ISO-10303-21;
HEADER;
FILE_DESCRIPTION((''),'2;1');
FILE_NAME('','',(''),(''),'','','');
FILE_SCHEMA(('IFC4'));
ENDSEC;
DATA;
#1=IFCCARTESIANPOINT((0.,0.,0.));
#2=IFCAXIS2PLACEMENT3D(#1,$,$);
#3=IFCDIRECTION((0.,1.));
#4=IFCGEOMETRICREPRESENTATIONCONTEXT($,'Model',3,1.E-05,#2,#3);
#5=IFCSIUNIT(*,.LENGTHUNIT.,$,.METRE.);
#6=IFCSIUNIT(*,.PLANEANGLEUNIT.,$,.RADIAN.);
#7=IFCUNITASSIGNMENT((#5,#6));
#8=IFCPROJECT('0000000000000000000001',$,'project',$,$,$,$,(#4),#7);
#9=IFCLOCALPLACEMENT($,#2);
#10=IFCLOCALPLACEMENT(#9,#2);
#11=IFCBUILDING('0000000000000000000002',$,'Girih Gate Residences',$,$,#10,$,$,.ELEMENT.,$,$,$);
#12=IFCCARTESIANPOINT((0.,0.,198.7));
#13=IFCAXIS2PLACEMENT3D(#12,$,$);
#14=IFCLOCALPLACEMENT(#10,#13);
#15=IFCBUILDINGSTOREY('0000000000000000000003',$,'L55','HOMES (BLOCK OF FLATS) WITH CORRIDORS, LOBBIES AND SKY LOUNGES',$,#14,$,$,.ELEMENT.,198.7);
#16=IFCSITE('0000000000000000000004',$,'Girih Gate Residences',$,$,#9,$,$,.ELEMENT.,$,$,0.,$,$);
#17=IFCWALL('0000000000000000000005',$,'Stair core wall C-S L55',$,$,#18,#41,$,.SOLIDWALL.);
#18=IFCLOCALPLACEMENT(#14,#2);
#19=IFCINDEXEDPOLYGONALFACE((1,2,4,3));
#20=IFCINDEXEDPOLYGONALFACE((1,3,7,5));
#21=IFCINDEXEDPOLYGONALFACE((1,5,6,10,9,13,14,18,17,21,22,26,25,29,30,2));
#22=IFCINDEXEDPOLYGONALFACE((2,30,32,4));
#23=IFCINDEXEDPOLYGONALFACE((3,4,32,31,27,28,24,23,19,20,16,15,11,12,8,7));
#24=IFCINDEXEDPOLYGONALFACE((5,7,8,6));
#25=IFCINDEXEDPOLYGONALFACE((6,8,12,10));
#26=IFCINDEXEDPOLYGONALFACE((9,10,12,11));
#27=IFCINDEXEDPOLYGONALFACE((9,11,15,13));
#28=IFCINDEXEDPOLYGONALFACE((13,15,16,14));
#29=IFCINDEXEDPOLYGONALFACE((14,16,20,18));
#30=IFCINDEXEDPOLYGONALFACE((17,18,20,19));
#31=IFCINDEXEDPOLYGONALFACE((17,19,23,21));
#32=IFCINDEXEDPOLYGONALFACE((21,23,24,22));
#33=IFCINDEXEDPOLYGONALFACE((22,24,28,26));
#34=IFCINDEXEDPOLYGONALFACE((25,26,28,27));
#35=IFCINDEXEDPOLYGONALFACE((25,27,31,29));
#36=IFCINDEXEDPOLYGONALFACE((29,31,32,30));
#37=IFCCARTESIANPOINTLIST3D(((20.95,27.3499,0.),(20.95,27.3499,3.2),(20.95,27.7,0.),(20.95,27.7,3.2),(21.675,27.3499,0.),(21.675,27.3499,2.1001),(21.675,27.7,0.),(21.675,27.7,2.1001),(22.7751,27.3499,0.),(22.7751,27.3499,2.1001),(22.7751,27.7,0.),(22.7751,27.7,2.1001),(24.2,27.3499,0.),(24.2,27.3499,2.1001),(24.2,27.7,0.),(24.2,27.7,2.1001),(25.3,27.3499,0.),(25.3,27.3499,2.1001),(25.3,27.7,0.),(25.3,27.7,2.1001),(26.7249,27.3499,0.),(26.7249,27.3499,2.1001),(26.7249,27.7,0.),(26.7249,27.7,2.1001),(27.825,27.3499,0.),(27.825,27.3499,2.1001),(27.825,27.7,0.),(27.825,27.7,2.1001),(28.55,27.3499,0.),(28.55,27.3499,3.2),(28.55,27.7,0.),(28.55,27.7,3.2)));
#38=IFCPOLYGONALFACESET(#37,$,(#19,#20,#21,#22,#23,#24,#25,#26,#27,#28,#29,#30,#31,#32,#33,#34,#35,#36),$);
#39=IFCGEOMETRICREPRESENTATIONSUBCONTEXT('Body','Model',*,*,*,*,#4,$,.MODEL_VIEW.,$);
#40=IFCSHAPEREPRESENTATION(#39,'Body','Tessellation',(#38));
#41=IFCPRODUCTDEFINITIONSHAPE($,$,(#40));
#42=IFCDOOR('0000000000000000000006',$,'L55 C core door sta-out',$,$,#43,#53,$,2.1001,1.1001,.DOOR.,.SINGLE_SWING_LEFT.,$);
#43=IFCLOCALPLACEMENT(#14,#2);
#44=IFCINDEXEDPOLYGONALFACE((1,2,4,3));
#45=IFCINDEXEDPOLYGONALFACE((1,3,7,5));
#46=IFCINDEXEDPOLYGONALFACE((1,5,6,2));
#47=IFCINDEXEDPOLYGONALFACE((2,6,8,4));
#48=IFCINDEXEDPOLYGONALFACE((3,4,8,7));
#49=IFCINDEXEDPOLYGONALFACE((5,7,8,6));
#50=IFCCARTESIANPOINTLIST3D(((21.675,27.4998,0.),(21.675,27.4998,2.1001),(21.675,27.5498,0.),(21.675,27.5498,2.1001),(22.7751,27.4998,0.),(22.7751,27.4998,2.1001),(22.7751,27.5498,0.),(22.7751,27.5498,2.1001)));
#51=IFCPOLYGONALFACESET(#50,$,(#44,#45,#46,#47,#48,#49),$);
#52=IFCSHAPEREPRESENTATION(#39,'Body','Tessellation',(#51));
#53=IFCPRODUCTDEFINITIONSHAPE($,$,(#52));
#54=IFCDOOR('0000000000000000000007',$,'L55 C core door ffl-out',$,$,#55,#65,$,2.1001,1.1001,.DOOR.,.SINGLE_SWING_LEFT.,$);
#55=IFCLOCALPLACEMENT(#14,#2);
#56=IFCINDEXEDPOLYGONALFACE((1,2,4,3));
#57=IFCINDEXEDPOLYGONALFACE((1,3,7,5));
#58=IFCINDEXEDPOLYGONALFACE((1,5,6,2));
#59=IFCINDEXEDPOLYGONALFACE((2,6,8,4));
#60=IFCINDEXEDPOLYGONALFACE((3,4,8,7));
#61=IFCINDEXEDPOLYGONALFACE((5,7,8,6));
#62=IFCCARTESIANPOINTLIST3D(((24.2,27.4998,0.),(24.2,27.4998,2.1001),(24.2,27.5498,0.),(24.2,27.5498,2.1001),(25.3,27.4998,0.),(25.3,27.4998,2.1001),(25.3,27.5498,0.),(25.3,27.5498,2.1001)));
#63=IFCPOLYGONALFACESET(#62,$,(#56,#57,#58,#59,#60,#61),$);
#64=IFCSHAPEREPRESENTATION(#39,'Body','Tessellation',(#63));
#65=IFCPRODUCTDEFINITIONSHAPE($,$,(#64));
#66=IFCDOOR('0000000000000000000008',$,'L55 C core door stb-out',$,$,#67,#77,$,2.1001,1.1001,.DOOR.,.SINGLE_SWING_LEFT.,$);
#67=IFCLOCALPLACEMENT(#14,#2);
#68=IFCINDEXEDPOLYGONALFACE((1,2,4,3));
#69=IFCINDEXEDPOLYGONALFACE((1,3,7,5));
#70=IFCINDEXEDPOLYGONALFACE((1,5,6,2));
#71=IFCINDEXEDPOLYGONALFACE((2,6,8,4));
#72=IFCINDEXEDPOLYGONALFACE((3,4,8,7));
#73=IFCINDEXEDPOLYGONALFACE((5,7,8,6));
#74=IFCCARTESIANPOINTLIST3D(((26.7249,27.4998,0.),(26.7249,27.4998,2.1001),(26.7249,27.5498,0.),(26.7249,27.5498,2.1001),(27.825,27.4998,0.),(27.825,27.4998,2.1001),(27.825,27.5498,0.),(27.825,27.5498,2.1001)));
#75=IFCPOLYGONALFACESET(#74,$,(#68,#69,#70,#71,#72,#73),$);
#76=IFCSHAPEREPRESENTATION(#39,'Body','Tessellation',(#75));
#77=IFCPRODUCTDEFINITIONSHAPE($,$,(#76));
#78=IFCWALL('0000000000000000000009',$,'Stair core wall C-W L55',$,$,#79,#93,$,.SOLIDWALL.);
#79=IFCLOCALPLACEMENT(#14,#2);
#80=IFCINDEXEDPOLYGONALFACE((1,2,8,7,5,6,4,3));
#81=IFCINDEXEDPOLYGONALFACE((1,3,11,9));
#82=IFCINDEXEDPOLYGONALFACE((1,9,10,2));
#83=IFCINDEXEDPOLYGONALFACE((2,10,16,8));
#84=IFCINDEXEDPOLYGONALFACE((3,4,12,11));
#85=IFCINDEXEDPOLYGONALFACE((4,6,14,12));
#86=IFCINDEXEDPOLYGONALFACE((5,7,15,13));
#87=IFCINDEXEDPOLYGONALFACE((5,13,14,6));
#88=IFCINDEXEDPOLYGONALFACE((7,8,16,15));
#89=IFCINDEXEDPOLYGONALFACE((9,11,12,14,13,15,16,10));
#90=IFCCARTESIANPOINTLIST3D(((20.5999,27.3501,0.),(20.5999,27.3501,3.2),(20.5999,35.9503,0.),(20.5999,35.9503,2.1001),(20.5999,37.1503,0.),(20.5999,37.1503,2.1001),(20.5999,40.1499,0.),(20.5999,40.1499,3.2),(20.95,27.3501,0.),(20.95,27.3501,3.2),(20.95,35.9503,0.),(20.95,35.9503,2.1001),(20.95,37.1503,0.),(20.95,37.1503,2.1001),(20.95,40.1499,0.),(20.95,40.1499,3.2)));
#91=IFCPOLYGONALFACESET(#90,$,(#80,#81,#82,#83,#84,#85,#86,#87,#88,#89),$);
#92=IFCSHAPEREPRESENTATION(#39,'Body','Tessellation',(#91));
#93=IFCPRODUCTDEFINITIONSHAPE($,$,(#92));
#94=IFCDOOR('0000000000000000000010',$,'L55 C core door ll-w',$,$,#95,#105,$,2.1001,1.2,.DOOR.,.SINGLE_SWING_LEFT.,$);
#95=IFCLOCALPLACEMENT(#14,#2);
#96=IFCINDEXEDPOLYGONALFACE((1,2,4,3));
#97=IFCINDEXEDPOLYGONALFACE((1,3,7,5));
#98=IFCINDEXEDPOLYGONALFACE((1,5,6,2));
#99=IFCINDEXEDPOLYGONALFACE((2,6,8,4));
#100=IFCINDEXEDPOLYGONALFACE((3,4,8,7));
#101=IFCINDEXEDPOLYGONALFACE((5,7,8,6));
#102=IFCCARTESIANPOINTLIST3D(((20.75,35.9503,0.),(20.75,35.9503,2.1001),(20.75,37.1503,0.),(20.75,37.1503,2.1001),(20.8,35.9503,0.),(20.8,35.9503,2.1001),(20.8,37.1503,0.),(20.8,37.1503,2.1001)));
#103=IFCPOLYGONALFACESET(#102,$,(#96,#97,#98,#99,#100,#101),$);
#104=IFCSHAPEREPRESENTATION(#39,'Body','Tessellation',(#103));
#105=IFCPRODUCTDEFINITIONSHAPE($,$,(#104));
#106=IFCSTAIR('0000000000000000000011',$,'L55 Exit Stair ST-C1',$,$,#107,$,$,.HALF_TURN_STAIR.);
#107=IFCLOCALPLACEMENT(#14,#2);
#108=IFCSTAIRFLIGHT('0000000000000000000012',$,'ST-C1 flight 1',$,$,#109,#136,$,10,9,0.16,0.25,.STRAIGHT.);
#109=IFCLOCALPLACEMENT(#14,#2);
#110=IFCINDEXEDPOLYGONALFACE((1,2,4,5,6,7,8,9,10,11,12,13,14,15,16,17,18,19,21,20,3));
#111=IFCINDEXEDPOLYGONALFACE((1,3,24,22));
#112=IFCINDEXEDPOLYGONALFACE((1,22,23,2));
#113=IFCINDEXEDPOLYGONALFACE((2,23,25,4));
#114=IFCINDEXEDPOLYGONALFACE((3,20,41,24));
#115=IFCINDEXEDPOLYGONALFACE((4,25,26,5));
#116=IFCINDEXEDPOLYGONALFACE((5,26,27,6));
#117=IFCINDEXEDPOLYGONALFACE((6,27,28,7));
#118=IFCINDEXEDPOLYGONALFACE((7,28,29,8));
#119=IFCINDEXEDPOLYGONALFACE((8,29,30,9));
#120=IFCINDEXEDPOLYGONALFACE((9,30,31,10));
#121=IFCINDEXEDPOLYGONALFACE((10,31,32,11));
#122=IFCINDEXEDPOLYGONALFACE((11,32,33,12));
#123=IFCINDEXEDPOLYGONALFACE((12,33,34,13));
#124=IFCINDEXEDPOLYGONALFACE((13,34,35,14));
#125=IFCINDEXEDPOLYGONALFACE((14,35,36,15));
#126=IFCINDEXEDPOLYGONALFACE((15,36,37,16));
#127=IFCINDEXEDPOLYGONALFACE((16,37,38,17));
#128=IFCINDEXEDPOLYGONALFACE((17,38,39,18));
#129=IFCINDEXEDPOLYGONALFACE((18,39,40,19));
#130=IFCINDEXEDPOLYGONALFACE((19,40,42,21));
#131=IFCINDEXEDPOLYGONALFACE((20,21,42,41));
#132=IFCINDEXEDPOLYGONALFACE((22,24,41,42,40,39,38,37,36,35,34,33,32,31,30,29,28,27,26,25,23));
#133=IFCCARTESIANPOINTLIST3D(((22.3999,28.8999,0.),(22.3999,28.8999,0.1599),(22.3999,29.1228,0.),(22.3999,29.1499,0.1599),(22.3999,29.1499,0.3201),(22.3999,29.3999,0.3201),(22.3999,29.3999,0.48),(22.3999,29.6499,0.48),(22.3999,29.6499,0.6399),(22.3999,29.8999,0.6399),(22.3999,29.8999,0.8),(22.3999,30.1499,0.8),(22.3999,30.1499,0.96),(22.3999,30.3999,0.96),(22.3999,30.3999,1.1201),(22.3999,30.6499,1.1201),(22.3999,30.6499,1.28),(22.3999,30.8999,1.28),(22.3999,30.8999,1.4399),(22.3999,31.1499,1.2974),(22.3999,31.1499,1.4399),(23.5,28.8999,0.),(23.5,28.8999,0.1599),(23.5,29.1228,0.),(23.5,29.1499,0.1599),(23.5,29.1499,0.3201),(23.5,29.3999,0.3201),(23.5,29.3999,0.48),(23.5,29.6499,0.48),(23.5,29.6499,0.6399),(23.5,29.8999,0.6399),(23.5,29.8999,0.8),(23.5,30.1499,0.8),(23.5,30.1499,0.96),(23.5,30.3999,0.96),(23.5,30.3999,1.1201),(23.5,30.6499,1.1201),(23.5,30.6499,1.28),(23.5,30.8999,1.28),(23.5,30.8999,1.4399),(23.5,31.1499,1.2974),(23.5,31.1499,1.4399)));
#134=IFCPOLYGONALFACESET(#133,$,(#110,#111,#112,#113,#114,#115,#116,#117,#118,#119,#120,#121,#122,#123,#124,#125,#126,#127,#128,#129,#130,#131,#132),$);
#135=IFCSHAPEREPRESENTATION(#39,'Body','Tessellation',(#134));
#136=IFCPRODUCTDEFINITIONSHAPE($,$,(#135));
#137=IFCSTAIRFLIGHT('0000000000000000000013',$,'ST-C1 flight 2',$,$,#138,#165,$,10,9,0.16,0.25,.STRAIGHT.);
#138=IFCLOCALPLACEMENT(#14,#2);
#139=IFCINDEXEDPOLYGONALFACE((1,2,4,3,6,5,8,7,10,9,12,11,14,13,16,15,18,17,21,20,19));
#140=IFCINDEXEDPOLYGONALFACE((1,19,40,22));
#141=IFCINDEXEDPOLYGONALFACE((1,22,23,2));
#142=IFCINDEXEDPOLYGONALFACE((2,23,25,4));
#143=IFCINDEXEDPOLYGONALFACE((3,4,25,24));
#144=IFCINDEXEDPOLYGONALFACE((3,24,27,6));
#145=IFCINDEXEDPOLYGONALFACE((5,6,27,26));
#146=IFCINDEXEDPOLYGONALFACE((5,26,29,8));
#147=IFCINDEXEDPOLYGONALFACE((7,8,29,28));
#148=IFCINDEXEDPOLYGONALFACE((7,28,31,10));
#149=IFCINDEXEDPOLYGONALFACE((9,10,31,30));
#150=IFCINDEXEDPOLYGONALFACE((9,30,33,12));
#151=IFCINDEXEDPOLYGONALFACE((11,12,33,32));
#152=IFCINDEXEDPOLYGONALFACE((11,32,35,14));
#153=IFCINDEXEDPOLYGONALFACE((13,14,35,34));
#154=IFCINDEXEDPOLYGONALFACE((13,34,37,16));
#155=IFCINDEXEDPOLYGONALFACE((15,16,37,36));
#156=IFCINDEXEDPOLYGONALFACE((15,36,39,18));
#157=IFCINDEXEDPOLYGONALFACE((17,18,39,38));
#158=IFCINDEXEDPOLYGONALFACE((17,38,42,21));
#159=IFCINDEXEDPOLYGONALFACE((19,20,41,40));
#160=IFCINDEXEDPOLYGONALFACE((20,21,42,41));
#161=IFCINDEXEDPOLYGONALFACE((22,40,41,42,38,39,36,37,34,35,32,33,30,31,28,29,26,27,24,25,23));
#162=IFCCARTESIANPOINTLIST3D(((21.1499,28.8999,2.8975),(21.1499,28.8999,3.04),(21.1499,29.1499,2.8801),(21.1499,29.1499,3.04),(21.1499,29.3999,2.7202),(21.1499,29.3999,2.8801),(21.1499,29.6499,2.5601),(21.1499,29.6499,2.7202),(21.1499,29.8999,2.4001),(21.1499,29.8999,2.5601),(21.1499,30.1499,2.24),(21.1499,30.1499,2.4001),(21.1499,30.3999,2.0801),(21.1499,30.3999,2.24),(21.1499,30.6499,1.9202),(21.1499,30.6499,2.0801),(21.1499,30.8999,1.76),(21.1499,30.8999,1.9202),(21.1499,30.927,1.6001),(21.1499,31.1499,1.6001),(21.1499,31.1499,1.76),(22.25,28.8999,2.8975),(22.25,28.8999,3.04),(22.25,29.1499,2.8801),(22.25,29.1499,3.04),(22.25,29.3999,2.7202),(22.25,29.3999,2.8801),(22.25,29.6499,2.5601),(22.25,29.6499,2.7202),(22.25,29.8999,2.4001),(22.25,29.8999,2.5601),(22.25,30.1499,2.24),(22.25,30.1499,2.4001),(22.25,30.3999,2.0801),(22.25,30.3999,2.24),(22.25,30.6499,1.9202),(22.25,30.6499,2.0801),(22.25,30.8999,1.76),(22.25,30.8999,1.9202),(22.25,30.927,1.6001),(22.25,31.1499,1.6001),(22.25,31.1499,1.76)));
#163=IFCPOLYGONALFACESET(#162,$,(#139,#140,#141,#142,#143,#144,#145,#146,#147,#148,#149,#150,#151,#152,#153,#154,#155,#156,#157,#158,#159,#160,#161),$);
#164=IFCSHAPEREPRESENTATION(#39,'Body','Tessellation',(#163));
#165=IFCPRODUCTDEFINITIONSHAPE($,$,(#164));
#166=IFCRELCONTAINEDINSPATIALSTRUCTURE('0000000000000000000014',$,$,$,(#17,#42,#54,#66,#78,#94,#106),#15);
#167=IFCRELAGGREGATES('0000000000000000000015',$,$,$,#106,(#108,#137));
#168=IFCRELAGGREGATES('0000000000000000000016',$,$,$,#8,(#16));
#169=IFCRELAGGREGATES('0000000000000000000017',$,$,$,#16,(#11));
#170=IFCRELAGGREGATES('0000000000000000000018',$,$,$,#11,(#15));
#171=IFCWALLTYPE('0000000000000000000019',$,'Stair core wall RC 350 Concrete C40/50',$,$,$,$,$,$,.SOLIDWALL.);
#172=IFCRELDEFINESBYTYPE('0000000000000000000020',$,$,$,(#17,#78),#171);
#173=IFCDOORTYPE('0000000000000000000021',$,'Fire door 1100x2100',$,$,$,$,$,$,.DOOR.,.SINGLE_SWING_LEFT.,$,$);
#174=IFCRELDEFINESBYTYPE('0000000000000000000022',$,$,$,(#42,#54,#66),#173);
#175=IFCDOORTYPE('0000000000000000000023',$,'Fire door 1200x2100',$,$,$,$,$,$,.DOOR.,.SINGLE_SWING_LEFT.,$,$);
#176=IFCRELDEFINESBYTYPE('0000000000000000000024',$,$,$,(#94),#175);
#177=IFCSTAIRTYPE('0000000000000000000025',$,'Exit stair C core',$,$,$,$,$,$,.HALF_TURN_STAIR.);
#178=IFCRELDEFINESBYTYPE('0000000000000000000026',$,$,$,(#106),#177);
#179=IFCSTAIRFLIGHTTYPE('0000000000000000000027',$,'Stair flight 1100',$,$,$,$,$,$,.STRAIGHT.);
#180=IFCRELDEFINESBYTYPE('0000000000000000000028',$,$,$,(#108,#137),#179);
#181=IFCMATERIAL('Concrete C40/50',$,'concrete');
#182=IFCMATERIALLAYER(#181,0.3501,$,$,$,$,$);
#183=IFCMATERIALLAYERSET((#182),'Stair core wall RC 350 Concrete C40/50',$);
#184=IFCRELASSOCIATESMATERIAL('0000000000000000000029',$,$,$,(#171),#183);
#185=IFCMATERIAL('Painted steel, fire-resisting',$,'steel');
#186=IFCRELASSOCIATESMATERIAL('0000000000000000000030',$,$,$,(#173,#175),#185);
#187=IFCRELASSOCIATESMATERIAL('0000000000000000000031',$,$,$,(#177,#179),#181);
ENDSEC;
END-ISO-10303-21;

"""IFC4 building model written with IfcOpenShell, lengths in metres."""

from ifc_helpers import new_model, si_unit, direction, frame, frame_2d, origin, place, context, subcontext, project, spatial, polyline, rectangle, outline, extrude, material, layer, layer_set, type_object, element, fill, aggregate, save


model = new_model("IFC4")

# Units and contexts
model_context = context("Model", 3, precision=1e-05, world=origin(), true_north=direction((0.0, 1.0)))
body_context = subcontext(model_context, "Body", "Model", "MODEL_VIEW")
ifc_project = project(units=[si_unit("LENGTHUNIT", "METRE"), si_unit("PLANEANGLEUNIT", "RADIAN")], contexts=[model_context])

# Site, building, storey
site_placement = place(None, origin())
site = spatial("IfcSite", under=ifc_project, at=site_placement, Name="Girih Gate Residences", CompositionType="ELEMENT", RefElevation=0.0)
building_placement = place(site_placement, origin())
building = spatial("IfcBuilding", under=site, at=building_placement, Name="Girih Gate Residences", CompositionType="ELEMENT")
storey_placement = place(building_placement, frame((0.0, 0.0, 198.7)))
storey = spatial("IfcBuildingStorey", under=building, at=storey_placement, Name="L55", Description="HOMES (BLOCK OF FLATS) WITH CORRIDORS, LOBBIES AND SKY LOUNGES", CompositionType="ELEMENT", Elevation=198.7)

# Shared definitions
ifc_material_1 = material(Name="Concrete C40/50", Category="concrete")

# Shared definitions
ifc_material_2 = material(Name="Painted steel, fire-resisting", Category="steel")

# Wall, openings, doors
ifc_layer_1 = layer(ifc_material_1, 0.3501)
ifc_layer_set_1 = layer_set([ifc_layer_1], Name="Stair core wall RC 350 Concrete C40/50")
wall_type_1 = type_object("IfcWallType", Name="Stair core wall RC 350 Concrete C40/50", PredefinedType="SOLIDWALL", material=ifc_layer_set_1)
wall_1_placement = place(storey_placement, frame((20.95, 27.5249, 0.0), z_axis=(0.0, 0.0, 1.0), x_axis=(1.0, 0.0, 0.0)))
wall_1 = element("IfcWall", 1, at=wall_1_placement, inside=storey, type_object=wall_type_1, Name="Stair core wall C-S L55", PredefinedType="SOLIDWALL", context=body_context, shape_type="SweptSolid", body=[
    extrude(rectangle(XDim=7.6001, YDim=0.3501, at=frame_2d((3.8, 0.0))), origin(), (0.0, 0.0, 1.0), 3.2),
])
opening_1_placement = place(wall_1_placement, frame((0.7251, 0.0, 0.0)))
opening_1 = element("IfcOpeningElement", 2, at=opening_1_placement, cuts=wall_1, PredefinedType="OPENING", context=body_context, shape_type="SweptSolid", body=[
    extrude(rectangle(XDim=1.1001, YDim=2.1001, at=frame_2d((0.55, 1.05))), frame((0.0, 0.1851, 0.0), z_axis=(0.0, -1.0, 0.0), x_axis=(1.0, 0.0, 0.0)), (0.0, 0.0, 1.0), 0.3701),
])
opening_2_placement = place(wall_1_placement, frame((3.25, 0.0, 0.0)))
opening_2 = element("IfcOpeningElement", 3, at=opening_2_placement, cuts=wall_1, PredefinedType="OPENING", context=body_context, shape_type="SweptSolid", body=[
    extrude(rectangle(XDim=1.1001, YDim=2.1001, at=frame_2d((0.55, 1.05))), frame((0.0, 0.1851, 0.0), z_axis=(0.0, -1.0, 0.0), x_axis=(1.0, 0.0, 0.0)), (0.0, 0.0, 1.0), 0.3701),
])
opening_3_placement = place(wall_1_placement, frame((5.7749, 0.0, 0.0)))
opening_3 = element("IfcOpeningElement", 4, at=opening_3_placement, cuts=wall_1, PredefinedType="OPENING", context=body_context, shape_type="SweptSolid", body=[
    extrude(rectangle(XDim=1.1001, YDim=2.1001, at=frame_2d((0.55, 1.05))), frame((0.0, 0.1851, 0.0), z_axis=(0.0, -1.0, 0.0), x_axis=(1.0, 0.0, 0.0)), (0.0, 0.0, 1.0), 0.3701),
])
door_type_1 = type_object("IfcDoorType", Name="Fire door 1100x2100", OperationType="SINGLE_SWING_LEFT", PredefinedType="DOOR", material=ifc_material_2)
door_1_placement = place(opening_1_placement, origin())
door_1 = element("IfcDoor", 5, at=door_1_placement, inside=storey, type_object=door_type_1, Name="L55 C core door sta-out", OperationType="SINGLE_SWING_LEFT", OverallHeight=2.1001, OverallWidth=1.1001, PredefinedType="DOOR", context=body_context, shape_type="SweptSolid", body=[
    extrude(rectangle(XDim=1.1001, YDim=2.1001, at=frame_2d((0.55, 1.05))), frame((0.0, 0.0249, 0.0), z_axis=(0.0, -1.0, 0.0), x_axis=(1.0, 0.0, 0.0)), (0.0, 0.0, 1.0), 0.05),
])
fill(opening_1, door_1)
door_2_placement = place(opening_2_placement, origin())
door_2 = element("IfcDoor", 6, at=door_2_placement, inside=storey, type_object=door_type_1, Name="L55 C core door ffl-out", OperationType="SINGLE_SWING_LEFT", OverallHeight=2.1001, OverallWidth=1.1001, PredefinedType="DOOR", context=body_context, shape_type="SweptSolid", body=[
    extrude(rectangle(XDim=1.1001, YDim=2.1001, at=frame_2d((0.55, 1.05))), frame((0.0, 0.0249, 0.0), z_axis=(0.0, -1.0, 0.0), x_axis=(1.0, 0.0, 0.0)), (0.0, 0.0, 1.0), 0.05),
])
fill(opening_2, door_2)
door_3_placement = place(opening_3_placement, origin())
door_3 = element("IfcDoor", 7, at=door_3_placement, inside=storey, type_object=door_type_1, Name="L55 C core door stb-out", OperationType="SINGLE_SWING_LEFT", OverallHeight=2.1001, OverallWidth=1.1001, PredefinedType="DOOR", context=body_context, shape_type="SweptSolid", body=[
    extrude(rectangle(XDim=1.1001, YDim=2.1001, at=frame_2d((0.55, 1.05))), frame((0.0, 0.0249, 0.0), z_axis=(0.0, -1.0, 0.0), x_axis=(1.0, 0.0, 0.0)), (0.0, 0.0, 1.0), 0.05),
])
fill(opening_3, door_3)

# Wall, opening, door
wall_2_placement = place(storey_placement, frame((20.7749, 27.3501, 0.0), z_axis=(0.0, 0.0, 1.0), x_axis=(0.0, 1.0, 0.0)))
wall_2 = element("IfcWall", 8, at=wall_2_placement, inside=storey, type_object=wall_type_1, Name="Stair core wall C-W L55", PredefinedType="SOLIDWALL", context=body_context, shape_type="SweptSolid", body=[
    extrude(rectangle(XDim=12.7998, YDim=0.3501, at=frame_2d((6.3999, 0.0))), origin(), (0.0, 0.0, 1.0), 3.2),
])
opening_4_placement = place(wall_2_placement, frame((8.6001, 0.0, 0.0)))
opening_4 = element("IfcOpeningElement", 9, at=opening_4_placement, cuts=wall_2, PredefinedType="OPENING", context=body_context, shape_type="SweptSolid", body=[
    extrude(rectangle(XDim=1.2, YDim=2.1001, at=frame_2d((0.6001, 1.05))), frame((0.0, 0.1851, 0.0), z_axis=(0.0, -1.0, 0.0), x_axis=(1.0, 0.0, 0.0)), (0.0, 0.0, 1.0), 0.3701),
])
door_type_2 = type_object("IfcDoorType", Name="Fire door 1200x2100", OperationType="SINGLE_SWING_LEFT", PredefinedType="DOOR", material=ifc_material_2)
door_4_placement = place(opening_4_placement, origin())
door_4 = element("IfcDoor", 10, at=door_4_placement, inside=storey, type_object=door_type_2, Name="L55 C core door ll-w", OperationType="SINGLE_SWING_LEFT", OverallHeight=2.1001, OverallWidth=1.2, PredefinedType="DOOR", context=body_context, shape_type="SweptSolid", body=[
    extrude(rectangle(XDim=1.2, YDim=2.1001, at=frame_2d((0.6001, 1.05))), frame((0.0, 0.0249, 0.0), z_axis=(0.0, -1.0, 0.0), x_axis=(1.0, 0.0, 0.0)), (0.0, 0.0, 1.0), 0.05),
])
fill(opening_4, door_4)

# Stair, stair flights
stair_type = type_object("IfcStairType", Name="Exit stair C core", PredefinedType="HALF_TURN_STAIR", material=ifc_material_1)
stair_placement = place(storey_placement, origin())
stair = element("IfcStair", 11, at=stair_placement, inside=storey, type_object=stair_type, Name="L55 Exit Stair ST-C1", PredefinedType="HALF_TURN_STAIR")
stair_flight_type = type_object("IfcStairFlightType", Name="Stair flight 1100", PredefinedType="STRAIGHT", material=ifc_material_1)
stair_flight_1_placement = place(storey_placement, frame((22.95, 28.8999, 0.0), z_axis=(0.0, 0.0, 1.0), x_axis=(0.0, 1.0, 0.0)))
stair_flight_1 = element("IfcStairFlight", 12, at=stair_flight_1_placement, type_object=stair_flight_type, Name="ST-C1 flight 1", NumberOfRisers=10, NumberOfTreads=9, PredefinedType="STRAIGHT", RiserHeight=0.16, TreadLength=0.25, context=body_context, shape_type="SweptSolid", body=[
    extrude(outline(polyline([(0.0, 0.0), (0.0, 0.1599), (0.25, 0.1599), (0.25, 0.3201), (0.5, 0.3201), (0.5, 0.48), (0.75, 0.48), (0.75, 0.6399), (1.0, 0.6399), (1.0, 0.8), (1.25, 0.8), (1.25, 0.96), (1.5, 0.96), (1.5, 1.1201), (1.75, 1.1201), (1.75, 1.28), (2.0, 1.28), (2.0, 1.4399), (2.25, 1.4399), (2.25, 1.6001), (2.25, 1.2974), (0.2229, 0.0), (0.0, 0.0)])), frame((0.0, 0.55, 0.0), z_axis=(0.0, -1.0, 0.0), x_axis=(1.0, 0.0, 0.0)), (0.0, 0.0, 1.0), 1.1001),
])
stair_flight_2_placement = place(storey_placement, frame((21.7, 31.1499, 1.6001), z_axis=(0.0, 0.0, 1.0), x_axis=(0.0, -1.0, 0.0)))
stair_flight_2 = element("IfcStairFlight", 13, at=stair_flight_2_placement, type_object=stair_flight_type, Name="ST-C1 flight 2", NumberOfRisers=10, NumberOfTreads=9, PredefinedType="STRAIGHT", RiserHeight=0.16, TreadLength=0.25, context=body_context, shape_type="SweptSolid", body=[
    extrude(outline(polyline([(0.0, 0.0), (0.0, 0.1599), (0.25, 0.1599), (0.25, 0.3201), (0.5, 0.3201), (0.5, 0.48), (0.75, 0.48), (0.75, 0.6399), (1.0, 0.6399), (1.0, 0.8), (1.25, 0.8), (1.25, 0.96), (1.5, 0.96), (1.5, 1.1201), (1.75, 1.1201), (1.75, 1.28), (2.0, 1.28), (2.0, 1.4399), (2.25, 1.4399), (2.25, 1.6001), (2.25, 1.2974), (0.2229, 0.0), (0.0, 0.0)])), frame((0.0, 0.55, 0.0), z_axis=(0.0, -1.0, 0.0), x_axis=(1.0, 0.0, 0.0)), (0.0, 0.0, 1.0), 1.1001),
])
aggregate(stair, [stair_flight_1, stair_flight_2])

save(model, "model.ifc")
